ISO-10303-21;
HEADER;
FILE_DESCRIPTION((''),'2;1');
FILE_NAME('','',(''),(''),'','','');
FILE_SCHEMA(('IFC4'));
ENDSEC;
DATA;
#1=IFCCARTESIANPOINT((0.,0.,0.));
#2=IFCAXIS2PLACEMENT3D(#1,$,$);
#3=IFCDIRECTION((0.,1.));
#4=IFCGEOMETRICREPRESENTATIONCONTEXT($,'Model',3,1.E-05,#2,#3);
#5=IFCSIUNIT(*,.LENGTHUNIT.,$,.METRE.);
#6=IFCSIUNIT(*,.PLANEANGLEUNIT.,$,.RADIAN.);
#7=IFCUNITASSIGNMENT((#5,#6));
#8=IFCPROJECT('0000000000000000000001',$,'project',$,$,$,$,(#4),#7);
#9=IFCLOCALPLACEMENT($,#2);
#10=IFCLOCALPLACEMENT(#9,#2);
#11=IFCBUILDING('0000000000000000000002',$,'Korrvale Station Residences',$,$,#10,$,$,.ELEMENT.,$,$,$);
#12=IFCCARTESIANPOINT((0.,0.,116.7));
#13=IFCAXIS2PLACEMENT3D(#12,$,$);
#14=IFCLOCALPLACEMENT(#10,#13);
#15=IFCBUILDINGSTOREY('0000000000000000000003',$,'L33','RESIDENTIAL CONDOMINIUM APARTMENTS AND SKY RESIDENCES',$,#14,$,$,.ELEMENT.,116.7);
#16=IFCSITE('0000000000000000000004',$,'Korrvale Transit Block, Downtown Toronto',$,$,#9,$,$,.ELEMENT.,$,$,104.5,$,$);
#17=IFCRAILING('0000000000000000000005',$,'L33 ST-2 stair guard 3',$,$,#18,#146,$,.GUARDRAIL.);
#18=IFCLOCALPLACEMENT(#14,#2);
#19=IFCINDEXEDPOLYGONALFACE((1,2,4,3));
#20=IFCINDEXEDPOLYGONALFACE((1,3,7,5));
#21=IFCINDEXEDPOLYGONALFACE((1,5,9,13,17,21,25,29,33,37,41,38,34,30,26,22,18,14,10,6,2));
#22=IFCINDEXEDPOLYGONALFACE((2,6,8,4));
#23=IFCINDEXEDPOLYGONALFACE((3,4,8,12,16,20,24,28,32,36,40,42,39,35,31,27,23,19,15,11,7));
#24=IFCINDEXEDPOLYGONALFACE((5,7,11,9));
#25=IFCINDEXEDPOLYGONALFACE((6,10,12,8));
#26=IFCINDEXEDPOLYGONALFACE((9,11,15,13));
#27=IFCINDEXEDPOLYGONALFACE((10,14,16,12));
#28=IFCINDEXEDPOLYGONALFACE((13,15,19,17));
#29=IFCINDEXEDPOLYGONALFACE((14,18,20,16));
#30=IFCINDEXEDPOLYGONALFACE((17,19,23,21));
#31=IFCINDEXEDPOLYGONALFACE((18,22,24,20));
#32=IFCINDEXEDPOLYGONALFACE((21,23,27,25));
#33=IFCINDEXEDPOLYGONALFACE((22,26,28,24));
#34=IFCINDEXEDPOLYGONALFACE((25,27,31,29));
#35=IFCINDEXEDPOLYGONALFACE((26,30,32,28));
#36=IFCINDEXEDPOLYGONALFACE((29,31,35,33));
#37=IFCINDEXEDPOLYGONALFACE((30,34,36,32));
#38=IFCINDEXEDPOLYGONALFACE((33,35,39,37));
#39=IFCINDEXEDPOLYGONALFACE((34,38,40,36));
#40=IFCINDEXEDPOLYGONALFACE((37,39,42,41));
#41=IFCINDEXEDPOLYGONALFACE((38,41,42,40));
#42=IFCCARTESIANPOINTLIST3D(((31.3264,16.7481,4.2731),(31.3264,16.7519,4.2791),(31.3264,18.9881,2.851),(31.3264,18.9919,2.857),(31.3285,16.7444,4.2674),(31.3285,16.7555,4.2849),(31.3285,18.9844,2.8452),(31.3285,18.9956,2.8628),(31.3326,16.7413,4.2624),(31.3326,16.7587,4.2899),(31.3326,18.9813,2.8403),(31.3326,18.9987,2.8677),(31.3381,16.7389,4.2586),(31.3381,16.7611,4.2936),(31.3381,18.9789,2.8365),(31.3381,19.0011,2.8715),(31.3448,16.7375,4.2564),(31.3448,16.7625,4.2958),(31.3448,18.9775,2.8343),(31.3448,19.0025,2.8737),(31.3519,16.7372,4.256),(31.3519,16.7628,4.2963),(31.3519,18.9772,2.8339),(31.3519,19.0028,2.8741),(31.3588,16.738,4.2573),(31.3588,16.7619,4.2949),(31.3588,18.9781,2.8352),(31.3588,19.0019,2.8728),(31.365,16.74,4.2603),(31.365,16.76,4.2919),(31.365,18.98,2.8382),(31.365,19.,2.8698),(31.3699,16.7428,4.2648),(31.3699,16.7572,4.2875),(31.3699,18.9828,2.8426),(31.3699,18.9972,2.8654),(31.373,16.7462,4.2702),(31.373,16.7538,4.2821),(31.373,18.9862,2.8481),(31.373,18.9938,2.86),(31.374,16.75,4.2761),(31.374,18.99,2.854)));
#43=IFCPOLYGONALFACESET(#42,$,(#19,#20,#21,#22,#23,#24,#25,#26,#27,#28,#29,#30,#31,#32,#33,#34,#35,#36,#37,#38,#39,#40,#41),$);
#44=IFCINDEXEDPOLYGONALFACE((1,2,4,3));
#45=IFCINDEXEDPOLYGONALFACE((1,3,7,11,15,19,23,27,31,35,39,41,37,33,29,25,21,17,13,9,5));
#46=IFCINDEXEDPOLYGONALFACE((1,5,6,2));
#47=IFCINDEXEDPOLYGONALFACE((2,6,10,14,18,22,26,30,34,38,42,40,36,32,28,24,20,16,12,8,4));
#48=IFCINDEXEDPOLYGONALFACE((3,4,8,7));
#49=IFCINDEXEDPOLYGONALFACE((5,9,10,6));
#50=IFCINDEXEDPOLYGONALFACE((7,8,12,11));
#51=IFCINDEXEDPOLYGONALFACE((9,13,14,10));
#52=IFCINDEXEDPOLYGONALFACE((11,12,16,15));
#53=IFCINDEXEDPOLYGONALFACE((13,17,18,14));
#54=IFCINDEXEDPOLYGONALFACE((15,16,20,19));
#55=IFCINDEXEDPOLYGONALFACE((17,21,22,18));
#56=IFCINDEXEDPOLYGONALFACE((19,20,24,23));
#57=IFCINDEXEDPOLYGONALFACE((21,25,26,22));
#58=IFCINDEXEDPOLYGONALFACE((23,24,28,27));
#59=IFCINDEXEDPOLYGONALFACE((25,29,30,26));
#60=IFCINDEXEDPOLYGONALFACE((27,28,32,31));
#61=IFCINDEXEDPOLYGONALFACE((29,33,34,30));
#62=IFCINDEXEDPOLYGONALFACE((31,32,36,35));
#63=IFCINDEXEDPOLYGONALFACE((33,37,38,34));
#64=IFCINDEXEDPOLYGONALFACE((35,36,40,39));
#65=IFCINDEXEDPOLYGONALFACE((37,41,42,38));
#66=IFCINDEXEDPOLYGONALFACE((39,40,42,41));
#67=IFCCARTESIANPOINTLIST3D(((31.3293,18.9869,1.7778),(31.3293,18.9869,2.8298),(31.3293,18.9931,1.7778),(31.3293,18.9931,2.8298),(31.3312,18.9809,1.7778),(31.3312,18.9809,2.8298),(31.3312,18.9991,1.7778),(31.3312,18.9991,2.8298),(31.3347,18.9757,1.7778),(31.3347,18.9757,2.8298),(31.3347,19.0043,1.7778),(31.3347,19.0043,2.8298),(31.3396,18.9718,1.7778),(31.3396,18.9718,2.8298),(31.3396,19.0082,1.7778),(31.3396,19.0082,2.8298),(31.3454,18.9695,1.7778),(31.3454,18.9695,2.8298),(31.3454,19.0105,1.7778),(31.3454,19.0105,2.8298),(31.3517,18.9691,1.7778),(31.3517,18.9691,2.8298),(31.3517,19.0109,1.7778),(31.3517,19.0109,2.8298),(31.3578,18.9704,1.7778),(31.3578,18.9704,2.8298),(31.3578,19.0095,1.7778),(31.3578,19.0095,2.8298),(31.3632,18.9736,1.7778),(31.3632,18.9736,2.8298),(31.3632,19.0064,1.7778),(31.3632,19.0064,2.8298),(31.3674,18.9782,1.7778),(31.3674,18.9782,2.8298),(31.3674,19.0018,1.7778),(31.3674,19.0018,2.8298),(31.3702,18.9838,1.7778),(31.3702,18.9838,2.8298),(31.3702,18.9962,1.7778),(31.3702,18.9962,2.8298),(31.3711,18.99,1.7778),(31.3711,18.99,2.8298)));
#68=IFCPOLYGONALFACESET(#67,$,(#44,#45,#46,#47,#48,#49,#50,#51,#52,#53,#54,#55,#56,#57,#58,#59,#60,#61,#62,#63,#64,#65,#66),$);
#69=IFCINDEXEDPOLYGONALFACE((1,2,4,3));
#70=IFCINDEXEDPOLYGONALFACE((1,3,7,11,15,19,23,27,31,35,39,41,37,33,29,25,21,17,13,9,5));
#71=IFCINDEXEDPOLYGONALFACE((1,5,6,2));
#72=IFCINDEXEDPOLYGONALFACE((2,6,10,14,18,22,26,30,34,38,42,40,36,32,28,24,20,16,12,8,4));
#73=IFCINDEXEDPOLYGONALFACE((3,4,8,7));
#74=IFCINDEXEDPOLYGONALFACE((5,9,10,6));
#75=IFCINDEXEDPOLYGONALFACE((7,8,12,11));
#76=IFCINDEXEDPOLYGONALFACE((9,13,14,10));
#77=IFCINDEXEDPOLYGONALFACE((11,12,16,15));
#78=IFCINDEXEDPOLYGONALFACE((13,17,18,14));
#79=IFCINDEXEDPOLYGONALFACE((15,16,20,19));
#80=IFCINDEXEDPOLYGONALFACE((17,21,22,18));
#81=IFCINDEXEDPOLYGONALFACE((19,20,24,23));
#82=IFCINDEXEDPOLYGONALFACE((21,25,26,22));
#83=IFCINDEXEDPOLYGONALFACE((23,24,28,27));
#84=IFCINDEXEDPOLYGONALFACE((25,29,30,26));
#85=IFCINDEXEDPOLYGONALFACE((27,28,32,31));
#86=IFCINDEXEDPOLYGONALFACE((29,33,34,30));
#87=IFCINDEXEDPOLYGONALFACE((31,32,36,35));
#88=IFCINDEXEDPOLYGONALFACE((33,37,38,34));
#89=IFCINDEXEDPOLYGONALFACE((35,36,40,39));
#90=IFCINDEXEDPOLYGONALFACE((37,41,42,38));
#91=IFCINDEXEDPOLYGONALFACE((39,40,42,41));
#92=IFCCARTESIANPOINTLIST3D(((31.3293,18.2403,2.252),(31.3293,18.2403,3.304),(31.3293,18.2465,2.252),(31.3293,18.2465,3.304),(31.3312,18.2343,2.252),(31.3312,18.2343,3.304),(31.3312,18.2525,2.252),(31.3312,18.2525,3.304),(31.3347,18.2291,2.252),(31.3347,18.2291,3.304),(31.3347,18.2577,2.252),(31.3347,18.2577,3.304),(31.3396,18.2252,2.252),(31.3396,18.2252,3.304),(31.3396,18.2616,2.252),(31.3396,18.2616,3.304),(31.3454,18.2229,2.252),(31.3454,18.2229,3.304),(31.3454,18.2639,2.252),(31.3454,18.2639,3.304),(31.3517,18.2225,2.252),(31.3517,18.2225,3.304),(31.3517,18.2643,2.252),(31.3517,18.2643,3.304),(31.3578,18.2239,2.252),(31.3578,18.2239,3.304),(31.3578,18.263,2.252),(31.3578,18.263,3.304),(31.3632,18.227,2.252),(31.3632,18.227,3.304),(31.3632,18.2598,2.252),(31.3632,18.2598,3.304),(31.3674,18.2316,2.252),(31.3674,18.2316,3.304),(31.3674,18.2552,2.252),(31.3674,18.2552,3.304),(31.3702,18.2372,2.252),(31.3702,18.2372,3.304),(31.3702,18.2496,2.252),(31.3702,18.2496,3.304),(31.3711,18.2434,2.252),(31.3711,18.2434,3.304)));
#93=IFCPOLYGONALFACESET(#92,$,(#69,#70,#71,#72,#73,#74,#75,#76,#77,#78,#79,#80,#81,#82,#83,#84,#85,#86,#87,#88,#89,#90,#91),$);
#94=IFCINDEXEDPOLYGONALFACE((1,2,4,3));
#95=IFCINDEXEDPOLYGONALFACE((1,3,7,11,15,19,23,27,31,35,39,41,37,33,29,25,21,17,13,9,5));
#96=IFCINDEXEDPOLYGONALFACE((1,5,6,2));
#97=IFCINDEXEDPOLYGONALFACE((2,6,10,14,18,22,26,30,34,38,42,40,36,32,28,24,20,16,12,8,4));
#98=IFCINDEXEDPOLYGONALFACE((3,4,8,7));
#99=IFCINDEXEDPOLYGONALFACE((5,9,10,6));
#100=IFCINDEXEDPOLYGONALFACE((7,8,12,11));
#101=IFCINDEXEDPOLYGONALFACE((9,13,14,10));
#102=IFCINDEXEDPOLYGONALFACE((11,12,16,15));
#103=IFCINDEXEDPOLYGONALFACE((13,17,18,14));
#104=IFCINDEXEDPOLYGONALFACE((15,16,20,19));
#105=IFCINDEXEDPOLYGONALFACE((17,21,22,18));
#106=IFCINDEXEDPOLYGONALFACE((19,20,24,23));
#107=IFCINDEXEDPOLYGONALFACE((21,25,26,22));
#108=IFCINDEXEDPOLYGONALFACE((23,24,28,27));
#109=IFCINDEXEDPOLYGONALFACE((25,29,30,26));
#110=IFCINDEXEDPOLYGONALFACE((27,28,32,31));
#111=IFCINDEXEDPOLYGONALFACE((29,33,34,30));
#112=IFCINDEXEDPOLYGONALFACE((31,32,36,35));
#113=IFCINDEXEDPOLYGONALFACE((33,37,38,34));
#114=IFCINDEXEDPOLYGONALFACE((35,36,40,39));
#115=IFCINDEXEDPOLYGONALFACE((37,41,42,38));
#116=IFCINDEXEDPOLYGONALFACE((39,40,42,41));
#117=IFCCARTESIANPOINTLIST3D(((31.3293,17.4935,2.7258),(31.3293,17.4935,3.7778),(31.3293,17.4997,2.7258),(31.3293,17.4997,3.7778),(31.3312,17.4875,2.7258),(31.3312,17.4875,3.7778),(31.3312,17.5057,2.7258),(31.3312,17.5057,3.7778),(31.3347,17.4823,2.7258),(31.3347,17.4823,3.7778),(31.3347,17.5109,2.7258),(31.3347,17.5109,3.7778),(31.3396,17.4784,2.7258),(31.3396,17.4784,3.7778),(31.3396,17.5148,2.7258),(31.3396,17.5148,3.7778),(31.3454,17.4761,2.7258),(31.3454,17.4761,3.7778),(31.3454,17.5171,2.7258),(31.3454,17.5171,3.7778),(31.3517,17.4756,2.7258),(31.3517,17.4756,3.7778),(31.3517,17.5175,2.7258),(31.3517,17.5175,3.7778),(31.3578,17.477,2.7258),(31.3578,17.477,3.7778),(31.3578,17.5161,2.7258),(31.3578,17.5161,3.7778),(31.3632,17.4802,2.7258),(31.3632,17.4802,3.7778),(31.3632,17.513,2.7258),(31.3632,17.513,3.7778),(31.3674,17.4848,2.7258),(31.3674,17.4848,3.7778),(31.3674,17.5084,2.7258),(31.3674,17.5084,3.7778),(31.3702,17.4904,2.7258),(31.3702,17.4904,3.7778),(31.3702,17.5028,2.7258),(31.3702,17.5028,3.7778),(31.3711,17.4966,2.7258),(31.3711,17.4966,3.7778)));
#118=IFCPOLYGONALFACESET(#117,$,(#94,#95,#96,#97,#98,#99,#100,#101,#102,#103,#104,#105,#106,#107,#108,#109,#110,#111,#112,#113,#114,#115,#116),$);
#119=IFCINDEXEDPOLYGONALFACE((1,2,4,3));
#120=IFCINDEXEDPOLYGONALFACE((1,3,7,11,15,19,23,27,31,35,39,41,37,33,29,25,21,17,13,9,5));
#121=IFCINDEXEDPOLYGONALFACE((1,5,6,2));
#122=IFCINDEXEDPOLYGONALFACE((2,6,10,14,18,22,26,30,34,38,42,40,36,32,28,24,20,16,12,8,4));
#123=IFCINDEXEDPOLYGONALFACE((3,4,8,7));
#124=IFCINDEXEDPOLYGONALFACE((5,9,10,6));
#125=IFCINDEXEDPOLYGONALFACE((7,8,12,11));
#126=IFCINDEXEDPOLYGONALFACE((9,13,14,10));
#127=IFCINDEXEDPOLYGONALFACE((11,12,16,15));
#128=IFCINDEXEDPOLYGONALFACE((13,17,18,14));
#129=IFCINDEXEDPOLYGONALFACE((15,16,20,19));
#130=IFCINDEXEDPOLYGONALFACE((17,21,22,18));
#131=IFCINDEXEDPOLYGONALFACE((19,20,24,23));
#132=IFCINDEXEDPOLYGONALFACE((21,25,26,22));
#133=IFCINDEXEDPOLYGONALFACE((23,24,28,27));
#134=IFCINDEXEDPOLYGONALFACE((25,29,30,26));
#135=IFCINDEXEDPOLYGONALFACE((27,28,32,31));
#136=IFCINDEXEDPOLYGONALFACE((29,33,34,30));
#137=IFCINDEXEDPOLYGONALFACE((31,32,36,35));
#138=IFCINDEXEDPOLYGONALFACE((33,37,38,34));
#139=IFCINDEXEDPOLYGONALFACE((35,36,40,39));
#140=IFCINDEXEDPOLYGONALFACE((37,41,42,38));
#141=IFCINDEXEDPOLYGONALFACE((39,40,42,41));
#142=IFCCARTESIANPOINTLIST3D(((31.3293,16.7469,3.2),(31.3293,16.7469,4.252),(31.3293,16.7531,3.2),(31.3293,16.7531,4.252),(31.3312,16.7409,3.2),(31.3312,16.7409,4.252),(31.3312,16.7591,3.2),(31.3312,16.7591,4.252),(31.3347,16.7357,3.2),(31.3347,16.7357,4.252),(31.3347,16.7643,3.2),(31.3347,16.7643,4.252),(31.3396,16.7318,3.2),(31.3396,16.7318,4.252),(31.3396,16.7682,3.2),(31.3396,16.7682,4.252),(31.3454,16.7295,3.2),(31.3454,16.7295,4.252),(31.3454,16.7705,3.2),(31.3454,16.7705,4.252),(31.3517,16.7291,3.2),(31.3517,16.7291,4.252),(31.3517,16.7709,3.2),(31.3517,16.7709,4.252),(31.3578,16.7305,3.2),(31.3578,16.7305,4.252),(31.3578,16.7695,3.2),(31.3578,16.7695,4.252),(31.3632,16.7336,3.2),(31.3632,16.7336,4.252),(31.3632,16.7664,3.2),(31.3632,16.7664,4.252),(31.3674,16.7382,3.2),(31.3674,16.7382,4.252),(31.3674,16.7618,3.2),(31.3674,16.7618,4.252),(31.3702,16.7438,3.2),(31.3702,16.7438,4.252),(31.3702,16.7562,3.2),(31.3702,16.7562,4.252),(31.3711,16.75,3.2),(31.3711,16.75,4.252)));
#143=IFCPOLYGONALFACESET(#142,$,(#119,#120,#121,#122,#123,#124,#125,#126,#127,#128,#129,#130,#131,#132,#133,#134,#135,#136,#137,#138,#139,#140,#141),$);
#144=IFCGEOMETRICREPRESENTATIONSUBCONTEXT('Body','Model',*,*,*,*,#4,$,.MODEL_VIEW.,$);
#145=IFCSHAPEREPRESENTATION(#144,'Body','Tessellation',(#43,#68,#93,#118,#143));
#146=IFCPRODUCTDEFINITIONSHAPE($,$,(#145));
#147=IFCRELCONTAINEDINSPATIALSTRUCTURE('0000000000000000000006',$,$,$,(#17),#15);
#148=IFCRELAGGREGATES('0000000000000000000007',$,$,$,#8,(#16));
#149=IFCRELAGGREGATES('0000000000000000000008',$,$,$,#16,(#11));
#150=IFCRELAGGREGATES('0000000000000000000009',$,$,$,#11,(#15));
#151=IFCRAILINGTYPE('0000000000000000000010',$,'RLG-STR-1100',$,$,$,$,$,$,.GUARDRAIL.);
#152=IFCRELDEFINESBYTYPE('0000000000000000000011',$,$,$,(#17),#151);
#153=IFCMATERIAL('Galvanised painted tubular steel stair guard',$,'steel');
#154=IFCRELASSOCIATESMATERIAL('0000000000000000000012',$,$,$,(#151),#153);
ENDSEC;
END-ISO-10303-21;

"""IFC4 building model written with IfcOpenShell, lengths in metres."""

from ifc_helpers import new_model, si_unit, direction, frame, origin, origin_2d, place, context, subcontext, project, spatial, circle, extrude, material, type_object, element, save


model = new_model("IFC4")

# Units and contexts
model_context = context("Model", 3, precision=1e-05, world=origin(), true_north=direction((0.0, 1.0)))
body_context = subcontext(model_context, "Body", "Model", "MODEL_VIEW")
ifc_project = project(units=[si_unit("LENGTHUNIT", "METRE"), si_unit("PLANEANGLEUNIT", "RADIAN")], contexts=[model_context])

# Site, building, storey
site_placement = place(None, origin())
site = spatial("IfcSite", under=ifc_project, at=site_placement, Name="Korrvale Transit Block, Downtown Toronto", CompositionType="ELEMENT", RefElevation=104.5)
building_placement = place(site_placement, origin())
building = spatial("IfcBuilding", under=site, at=building_placement, Name="Korrvale Station Residences", CompositionType="ELEMENT")
storey_placement = place(building_placement, frame((0.0, 0.0, 116.7)))
storey = spatial("IfcBuildingStorey", under=building, at=storey_placement, Name="L33", Description="RESIDENTIAL CONDOMINIUM APARTMENTS AND SKY RESIDENCES", CompositionType="ELEMENT", Elevation=116.7)

# Railing
ifc_material_1 = material(Name="Galvanised painted tubular steel stair guard", Category="steel")
railing_type_1 = type_object("IfcRailingType", Name="RLG-STR-1100", PredefinedType="GUARDRAIL", material=ifc_material_1)
railing_1_placement = place(storey_placement, frame((31.3501, 18.99, 1.7778)))
element("IfcRailing", 1, at=railing_1_placement, inside=storey, type_object=railing_type_1, Name="L33 ST-2 stair guard 3", PredefinedType="GUARDRAIL", context=body_context, shape_type="SweptSolid", body=[
    extrude(circle(Radius=0.0239, at=origin_2d()), frame((0.0, 0.0, 1.0762), z_axis=(0.0, -0.844229, 0.535982), x_axis=(1.0, 0.0, 0.0)), (0.0, 0.0, 1.0), 2.6533),
    extrude(circle(Radius=0.021, at=origin_2d()), origin(), (0.0, 0.0, 1.0), 1.052),
    extrude(circle(Radius=0.021, at=origin_2d()), frame((0.0, -0.7466, 0.4741)), (0.0, 0.0, 1.0), 1.052),
    extrude(circle(Radius=0.021, at=origin_2d()), frame((0.0, -1.4934, 0.948)), (0.0, 0.0, 1.0), 1.052),
    extrude(circle(Radius=0.021, at=origin_2d()), frame((0.0, -2.24, 1.4221)), (0.0, 0.0, 1.0), 1.052),
])

save(model, "model.ifc")
